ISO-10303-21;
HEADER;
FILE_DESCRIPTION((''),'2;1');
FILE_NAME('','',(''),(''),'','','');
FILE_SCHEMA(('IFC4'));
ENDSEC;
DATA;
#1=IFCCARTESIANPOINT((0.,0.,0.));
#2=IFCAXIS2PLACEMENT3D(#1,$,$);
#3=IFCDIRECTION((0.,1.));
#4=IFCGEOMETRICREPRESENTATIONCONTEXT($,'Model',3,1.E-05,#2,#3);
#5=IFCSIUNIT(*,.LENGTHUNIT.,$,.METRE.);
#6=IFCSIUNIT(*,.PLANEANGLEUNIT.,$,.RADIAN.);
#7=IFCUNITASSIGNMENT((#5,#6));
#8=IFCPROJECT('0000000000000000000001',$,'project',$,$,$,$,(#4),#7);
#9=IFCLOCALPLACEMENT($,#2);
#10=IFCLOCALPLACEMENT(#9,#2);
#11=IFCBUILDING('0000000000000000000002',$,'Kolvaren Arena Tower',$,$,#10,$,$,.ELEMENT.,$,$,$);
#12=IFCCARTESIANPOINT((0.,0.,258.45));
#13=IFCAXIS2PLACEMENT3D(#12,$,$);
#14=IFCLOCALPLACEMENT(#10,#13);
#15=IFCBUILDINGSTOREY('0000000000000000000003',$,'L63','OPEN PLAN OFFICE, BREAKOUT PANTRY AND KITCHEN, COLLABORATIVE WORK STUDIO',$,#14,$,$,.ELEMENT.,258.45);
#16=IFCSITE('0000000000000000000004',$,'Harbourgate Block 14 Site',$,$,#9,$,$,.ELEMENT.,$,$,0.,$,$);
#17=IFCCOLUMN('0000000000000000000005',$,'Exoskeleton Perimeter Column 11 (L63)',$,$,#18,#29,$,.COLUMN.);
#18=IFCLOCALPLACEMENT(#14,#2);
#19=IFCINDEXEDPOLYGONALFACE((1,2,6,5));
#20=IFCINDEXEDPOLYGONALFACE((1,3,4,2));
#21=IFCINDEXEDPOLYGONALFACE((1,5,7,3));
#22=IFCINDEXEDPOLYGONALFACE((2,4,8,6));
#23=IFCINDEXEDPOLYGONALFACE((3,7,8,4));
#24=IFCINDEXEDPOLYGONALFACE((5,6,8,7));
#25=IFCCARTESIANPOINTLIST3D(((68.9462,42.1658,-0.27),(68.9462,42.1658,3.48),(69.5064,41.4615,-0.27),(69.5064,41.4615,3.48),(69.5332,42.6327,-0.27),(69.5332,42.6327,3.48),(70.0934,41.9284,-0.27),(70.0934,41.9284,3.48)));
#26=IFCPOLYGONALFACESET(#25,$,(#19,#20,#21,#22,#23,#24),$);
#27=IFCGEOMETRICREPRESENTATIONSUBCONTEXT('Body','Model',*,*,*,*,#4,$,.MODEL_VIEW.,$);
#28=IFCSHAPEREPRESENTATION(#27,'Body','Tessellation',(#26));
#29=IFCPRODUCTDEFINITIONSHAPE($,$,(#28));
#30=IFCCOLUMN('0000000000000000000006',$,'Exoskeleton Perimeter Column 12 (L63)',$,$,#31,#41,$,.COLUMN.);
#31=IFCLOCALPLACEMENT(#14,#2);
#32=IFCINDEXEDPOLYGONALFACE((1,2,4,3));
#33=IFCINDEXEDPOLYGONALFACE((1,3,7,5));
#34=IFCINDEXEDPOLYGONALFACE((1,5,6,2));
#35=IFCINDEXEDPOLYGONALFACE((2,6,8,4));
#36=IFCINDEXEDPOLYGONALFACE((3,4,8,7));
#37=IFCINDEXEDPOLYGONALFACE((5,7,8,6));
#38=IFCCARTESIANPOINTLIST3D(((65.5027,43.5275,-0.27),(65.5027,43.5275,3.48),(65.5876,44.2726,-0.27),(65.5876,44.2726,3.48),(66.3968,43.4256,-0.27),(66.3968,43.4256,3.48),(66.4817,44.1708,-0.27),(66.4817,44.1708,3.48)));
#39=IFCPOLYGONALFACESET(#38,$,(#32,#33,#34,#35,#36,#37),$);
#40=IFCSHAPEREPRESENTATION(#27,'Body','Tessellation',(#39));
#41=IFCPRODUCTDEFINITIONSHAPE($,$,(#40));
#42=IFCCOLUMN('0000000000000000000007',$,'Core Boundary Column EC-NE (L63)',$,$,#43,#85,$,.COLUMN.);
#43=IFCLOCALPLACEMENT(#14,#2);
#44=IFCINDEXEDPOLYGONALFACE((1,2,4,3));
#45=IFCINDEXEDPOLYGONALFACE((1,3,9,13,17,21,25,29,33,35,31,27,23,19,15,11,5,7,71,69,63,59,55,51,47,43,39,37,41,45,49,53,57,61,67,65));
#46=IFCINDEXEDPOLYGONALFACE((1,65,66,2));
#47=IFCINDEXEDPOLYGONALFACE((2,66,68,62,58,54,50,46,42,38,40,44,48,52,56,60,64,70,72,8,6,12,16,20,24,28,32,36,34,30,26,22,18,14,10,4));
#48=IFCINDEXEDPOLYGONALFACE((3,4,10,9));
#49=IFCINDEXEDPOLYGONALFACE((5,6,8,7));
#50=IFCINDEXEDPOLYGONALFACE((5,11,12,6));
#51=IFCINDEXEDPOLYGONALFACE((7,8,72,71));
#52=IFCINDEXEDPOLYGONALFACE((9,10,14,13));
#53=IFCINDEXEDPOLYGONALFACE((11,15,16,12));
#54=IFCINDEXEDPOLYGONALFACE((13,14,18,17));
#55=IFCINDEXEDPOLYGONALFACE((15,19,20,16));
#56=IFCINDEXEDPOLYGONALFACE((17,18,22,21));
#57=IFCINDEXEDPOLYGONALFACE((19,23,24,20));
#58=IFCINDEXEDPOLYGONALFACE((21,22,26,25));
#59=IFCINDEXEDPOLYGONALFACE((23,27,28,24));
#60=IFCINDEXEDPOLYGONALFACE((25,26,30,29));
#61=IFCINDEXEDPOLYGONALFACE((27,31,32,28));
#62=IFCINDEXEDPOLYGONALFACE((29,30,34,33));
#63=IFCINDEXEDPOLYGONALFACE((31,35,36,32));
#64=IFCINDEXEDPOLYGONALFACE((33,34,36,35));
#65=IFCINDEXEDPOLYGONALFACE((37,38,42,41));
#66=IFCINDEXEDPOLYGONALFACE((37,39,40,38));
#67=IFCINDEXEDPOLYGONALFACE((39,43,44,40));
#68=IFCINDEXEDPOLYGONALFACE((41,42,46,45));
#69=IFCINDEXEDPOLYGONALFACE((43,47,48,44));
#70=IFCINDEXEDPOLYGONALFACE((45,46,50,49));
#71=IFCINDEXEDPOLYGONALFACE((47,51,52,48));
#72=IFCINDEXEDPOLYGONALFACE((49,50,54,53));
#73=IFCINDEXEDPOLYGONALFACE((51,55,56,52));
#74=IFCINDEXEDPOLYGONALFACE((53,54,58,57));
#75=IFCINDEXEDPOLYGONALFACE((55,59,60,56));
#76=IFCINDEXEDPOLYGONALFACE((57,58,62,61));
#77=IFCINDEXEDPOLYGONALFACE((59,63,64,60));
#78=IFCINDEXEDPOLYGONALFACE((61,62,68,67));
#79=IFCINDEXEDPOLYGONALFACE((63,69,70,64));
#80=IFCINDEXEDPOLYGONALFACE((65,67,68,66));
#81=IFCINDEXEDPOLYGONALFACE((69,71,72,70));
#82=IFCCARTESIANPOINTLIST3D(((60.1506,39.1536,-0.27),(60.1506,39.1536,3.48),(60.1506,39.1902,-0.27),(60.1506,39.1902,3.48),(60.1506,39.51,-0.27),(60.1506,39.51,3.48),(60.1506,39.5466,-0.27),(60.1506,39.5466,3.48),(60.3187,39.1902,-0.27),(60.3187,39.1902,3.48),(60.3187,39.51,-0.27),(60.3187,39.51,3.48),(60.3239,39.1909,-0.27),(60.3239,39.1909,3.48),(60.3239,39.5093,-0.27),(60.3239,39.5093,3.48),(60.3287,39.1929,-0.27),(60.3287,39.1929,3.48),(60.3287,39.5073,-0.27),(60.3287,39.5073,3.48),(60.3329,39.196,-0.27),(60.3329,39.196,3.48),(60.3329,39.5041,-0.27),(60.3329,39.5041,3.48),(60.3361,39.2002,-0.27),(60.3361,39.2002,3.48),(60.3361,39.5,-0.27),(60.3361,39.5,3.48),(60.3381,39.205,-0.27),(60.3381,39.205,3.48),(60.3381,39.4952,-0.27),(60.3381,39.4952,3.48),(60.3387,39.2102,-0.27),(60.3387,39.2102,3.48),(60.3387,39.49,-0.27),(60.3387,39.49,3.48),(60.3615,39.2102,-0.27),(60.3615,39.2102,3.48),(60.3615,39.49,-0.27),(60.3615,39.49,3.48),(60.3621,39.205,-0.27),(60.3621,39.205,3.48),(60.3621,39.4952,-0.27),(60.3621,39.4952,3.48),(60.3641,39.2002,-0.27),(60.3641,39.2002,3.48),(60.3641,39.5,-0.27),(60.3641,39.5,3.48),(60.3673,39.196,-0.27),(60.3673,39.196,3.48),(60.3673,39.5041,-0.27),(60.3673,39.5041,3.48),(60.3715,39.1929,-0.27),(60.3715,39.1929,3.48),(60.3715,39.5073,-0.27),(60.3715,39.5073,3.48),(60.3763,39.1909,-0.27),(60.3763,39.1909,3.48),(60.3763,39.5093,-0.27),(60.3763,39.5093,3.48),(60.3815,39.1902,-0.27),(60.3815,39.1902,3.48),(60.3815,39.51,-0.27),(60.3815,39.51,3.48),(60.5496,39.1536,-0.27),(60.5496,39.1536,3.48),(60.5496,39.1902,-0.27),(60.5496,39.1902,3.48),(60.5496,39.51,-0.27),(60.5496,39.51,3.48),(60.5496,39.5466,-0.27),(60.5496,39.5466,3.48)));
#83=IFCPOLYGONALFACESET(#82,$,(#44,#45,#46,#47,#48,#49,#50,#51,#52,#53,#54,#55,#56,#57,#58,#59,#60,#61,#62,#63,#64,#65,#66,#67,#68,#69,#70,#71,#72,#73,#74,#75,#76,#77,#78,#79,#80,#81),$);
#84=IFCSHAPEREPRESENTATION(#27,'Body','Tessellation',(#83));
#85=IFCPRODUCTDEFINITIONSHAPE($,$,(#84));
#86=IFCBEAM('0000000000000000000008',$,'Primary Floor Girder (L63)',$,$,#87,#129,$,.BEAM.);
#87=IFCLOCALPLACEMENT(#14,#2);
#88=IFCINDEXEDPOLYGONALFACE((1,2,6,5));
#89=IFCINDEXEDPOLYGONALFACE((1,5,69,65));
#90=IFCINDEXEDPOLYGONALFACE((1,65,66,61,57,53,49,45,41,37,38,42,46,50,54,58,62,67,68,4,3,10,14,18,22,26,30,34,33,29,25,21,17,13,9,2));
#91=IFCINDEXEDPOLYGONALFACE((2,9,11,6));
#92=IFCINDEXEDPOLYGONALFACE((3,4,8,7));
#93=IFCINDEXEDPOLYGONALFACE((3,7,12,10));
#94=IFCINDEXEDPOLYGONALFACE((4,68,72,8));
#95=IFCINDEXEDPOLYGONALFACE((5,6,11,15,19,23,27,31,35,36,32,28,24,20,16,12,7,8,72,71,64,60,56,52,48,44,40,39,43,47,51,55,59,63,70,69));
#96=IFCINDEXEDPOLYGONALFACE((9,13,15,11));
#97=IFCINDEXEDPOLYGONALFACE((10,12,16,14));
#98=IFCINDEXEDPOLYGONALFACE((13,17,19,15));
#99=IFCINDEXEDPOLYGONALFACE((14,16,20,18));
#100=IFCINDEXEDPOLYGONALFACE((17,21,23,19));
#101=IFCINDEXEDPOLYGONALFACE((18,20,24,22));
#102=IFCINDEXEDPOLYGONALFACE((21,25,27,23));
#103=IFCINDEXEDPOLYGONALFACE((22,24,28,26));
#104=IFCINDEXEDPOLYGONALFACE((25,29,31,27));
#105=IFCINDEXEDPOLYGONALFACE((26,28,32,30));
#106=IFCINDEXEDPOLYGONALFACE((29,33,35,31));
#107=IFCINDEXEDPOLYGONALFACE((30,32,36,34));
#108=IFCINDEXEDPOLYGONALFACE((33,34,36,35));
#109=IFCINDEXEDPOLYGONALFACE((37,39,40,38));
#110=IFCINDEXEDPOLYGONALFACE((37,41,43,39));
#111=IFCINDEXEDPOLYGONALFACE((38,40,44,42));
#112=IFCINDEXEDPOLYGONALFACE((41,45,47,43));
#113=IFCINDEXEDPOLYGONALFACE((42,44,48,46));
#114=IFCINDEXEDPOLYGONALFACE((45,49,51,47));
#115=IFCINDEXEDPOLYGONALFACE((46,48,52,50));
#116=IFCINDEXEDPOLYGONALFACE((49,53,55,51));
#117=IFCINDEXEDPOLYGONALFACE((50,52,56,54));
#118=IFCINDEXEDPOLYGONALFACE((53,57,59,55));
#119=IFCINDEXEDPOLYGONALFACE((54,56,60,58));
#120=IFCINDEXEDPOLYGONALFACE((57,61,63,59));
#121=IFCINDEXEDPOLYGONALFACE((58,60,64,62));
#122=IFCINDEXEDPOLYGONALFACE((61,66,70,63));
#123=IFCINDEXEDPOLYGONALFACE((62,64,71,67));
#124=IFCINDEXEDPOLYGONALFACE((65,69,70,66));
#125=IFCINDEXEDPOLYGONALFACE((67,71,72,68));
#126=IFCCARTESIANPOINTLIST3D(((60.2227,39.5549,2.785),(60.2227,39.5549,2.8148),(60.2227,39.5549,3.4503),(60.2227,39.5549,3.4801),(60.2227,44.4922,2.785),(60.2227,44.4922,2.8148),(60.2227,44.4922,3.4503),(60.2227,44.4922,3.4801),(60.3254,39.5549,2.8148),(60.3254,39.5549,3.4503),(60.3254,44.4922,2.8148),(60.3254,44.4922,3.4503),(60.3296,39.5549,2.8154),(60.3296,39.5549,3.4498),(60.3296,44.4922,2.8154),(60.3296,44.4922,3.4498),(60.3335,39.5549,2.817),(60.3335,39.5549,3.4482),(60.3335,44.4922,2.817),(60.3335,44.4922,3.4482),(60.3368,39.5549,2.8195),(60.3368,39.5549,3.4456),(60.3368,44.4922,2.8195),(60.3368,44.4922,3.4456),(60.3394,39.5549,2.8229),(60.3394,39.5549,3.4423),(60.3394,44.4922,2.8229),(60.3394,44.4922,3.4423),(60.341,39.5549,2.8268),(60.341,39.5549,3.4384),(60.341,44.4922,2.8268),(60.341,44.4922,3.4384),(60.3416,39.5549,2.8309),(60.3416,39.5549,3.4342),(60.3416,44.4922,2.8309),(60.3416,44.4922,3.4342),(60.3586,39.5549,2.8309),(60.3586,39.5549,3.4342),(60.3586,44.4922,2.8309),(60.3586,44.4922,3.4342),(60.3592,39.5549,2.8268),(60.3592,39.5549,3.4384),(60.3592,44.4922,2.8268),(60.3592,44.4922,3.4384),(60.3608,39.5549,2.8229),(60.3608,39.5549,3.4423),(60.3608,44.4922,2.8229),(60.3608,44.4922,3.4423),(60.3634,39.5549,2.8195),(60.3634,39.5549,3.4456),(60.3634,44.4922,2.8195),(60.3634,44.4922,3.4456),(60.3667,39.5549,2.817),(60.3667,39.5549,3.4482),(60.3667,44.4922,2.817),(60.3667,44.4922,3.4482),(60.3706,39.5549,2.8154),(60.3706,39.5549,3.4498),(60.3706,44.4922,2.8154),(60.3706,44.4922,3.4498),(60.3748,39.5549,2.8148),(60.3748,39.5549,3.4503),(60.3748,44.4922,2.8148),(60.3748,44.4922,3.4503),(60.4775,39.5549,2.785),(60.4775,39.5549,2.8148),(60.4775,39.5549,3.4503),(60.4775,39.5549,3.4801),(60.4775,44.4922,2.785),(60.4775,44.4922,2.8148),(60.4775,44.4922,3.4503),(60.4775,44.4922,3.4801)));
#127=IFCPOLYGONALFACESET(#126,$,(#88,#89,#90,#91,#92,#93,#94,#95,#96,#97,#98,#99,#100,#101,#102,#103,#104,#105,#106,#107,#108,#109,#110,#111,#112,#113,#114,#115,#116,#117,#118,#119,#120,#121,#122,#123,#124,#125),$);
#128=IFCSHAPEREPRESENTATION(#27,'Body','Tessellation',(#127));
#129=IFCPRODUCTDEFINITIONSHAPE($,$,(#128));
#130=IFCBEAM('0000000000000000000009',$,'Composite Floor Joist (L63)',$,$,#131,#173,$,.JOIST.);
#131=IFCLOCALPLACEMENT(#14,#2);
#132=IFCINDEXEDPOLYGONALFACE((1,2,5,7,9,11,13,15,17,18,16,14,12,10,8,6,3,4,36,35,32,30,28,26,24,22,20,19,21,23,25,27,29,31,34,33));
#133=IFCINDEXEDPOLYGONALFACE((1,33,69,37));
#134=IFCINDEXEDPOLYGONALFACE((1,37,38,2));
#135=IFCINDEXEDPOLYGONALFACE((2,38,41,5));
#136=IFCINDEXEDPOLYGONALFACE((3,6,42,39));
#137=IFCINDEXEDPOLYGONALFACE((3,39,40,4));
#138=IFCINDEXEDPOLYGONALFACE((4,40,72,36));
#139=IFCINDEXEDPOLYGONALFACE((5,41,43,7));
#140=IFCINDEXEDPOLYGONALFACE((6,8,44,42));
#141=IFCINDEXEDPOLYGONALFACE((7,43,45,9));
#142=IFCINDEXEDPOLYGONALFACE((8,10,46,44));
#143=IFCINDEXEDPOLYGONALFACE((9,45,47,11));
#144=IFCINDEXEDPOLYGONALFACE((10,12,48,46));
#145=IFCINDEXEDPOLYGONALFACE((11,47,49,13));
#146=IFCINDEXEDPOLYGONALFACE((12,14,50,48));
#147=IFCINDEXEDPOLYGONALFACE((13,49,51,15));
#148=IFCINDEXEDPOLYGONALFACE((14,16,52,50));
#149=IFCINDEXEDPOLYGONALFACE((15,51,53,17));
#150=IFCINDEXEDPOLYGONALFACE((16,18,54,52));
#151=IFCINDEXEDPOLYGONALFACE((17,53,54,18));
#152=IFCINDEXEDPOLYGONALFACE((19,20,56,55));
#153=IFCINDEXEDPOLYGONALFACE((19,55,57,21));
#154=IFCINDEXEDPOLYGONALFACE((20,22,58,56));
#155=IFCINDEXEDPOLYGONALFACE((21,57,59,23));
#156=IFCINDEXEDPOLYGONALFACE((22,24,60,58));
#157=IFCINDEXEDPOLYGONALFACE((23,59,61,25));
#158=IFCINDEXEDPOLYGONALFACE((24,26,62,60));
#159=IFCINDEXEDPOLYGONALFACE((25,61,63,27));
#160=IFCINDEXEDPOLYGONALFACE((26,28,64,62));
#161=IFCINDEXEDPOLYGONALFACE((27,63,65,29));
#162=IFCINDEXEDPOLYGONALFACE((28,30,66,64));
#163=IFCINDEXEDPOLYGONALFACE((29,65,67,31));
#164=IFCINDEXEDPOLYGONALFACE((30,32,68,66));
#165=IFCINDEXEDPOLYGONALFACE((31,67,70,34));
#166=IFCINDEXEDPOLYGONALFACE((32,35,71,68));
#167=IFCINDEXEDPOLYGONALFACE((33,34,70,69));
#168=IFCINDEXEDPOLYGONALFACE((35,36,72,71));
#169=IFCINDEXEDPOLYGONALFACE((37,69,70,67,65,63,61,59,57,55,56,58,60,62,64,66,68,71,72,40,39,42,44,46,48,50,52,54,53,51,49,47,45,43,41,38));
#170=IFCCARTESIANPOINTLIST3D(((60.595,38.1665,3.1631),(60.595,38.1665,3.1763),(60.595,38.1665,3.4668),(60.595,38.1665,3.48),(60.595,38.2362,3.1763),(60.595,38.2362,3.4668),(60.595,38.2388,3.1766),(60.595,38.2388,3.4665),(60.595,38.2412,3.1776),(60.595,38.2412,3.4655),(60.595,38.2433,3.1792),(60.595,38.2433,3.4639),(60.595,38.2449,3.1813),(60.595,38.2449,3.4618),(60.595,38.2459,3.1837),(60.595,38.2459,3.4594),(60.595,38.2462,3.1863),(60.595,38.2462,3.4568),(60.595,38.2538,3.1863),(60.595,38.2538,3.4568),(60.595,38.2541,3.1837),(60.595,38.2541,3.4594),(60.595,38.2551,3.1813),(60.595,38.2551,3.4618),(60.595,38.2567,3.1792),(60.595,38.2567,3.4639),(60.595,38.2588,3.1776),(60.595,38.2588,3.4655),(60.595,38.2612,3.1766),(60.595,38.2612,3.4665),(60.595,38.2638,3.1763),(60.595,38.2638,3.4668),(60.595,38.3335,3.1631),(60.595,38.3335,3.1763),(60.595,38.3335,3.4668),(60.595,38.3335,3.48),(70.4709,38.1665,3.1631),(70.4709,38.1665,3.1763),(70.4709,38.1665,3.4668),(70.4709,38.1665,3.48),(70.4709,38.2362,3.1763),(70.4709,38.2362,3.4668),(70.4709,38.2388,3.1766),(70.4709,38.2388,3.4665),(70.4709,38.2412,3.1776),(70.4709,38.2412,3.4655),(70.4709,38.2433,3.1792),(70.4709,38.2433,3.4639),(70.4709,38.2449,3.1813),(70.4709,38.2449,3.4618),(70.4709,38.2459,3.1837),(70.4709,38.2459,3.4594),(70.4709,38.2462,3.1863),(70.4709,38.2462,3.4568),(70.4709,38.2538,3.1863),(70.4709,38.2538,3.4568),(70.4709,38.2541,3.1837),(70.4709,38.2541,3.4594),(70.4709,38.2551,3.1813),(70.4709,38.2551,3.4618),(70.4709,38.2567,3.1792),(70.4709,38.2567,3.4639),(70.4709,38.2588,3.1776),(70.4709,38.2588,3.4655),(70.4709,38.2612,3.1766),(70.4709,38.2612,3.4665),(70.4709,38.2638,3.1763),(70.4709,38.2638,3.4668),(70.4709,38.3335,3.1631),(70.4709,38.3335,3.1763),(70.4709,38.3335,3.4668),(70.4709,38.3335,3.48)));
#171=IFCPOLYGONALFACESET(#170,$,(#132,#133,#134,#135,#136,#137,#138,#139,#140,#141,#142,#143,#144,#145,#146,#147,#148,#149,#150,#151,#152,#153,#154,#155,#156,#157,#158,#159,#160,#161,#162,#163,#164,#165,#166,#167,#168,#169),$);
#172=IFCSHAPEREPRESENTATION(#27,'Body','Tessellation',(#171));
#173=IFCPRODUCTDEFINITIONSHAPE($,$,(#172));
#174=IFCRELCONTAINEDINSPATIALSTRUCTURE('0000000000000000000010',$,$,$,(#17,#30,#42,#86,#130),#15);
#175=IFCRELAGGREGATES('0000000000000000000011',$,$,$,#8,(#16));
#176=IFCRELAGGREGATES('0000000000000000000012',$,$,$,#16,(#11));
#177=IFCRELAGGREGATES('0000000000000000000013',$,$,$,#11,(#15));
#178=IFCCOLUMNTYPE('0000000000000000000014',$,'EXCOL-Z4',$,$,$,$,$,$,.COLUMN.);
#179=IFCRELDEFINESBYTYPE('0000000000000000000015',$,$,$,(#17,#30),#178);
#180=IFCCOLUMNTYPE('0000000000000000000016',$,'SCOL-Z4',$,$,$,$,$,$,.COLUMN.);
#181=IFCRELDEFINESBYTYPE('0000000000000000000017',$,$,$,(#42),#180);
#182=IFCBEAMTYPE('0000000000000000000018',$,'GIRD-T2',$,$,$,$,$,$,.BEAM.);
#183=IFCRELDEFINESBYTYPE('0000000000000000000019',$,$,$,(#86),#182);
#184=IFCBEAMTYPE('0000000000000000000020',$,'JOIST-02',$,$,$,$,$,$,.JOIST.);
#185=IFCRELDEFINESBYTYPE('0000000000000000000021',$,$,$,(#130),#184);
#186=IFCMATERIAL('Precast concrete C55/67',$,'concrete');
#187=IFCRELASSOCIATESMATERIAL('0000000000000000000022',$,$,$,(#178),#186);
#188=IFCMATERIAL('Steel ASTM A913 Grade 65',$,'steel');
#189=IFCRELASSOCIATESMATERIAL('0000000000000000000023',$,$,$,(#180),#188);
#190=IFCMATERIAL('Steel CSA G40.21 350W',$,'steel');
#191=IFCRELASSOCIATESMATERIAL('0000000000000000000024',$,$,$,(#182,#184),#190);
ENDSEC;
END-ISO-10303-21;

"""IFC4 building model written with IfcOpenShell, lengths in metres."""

from ifc_helpers import new_model, si_unit, direction, frame, origin, origin_2d, place, context, subcontext, project, spatial, rectangle, i_section, extrude, material, material_profile, profile_set, type_object, element, save


model = new_model("IFC4")

# Units and contexts
model_context = context("Model", 3, precision=1e-05, world=origin(), true_north=direction((0.0, 1.0)))
body_context = subcontext(model_context, "Body", "Model", "MODEL_VIEW")
ifc_project = project(units=[si_unit("LENGTHUNIT", "METRE"), si_unit("PLANEANGLEUNIT", "RADIAN")], contexts=[model_context])

# Site, building, storey
site_placement = place(None, origin())
site = spatial("IfcSite", under=ifc_project, at=site_placement, Name="Harbourgate Block 14 Site", CompositionType="ELEMENT", RefElevation=0.0)
building_placement = place(site_placement, origin())
building = spatial("IfcBuilding", under=site, at=building_placement, Name="Kolvaren Arena Tower", CompositionType="ELEMENT")
storey_placement = place(building_placement, frame((0.0, 0.0, 258.45)))
storey = spatial("IfcBuildingStorey", under=building, at=storey_placement, Name="L63", Description="OPEN PLAN OFFICE, BREAKOUT PANTRY AND KITCHEN, COLLABORATIVE WORK STUDIO", CompositionType="ELEMENT", Elevation=258.45)

# Columns
ifc_material_1 = material(Name="Precast concrete C55/67", Category="concrete")
ifc_material_profile_1 = material_profile(ifc_material_1, rectangle(XDim=0.8999, YDim=0.75, at=origin_2d()), Name="RC-900x750")
ifc_profile_set_1 = profile_set([ifc_material_profile_1], Name="Precast concrete C55/67")
column_type_1 = type_object("IfcColumnType", Name="EXCOL-Z4", PredefinedType="COLUMN", material=ifc_profile_set_1)
for number, where, z_axis, x_axis, name in (
    (1, (69.5198, 42.0471, -0.27), (0.0, 0.0, 1.0), (-0.622515, 0.782608, 0.0), "Exoskeleton Perimeter Column 11 (L63)"),
    (2, (65.9922, 43.8491, -0.27), (0.0, 0.0, 1.0), (0.993572, -0.113203, 0.0), "Exoskeleton Perimeter Column 12 (L63)"),
):
    element("IfcColumn", number, at=place(storey_placement, frame(where, z_axis=z_axis, x_axis=x_axis)), inside=storey, type_object=column_type_1, Name=name, PredefinedType="COLUMN", context=body_context, shape_type="SweptSolid", body=[
        extrude(rectangle(XDim=0.8999, YDim=0.75, at=origin_2d()), origin(), (0.0, 0.0, 1.0), 3.75),
    ])
ifc_material_2 = material(Name="Steel ASTM A913 Grade 65", Category="steel")
ifc_material_profile_2 = material_profile(ifc_material_2, i_section(OverallWidth=0.3989, OverallDepth=0.3931, WebThickness=0.0227, FlangeThickness=0.0366, FilletRadius=0.02, at=origin_2d()), Name="W360x287")
ifc_profile_set_2 = profile_set([ifc_material_profile_2], Name="Steel ASTM A913 Grade 65")
column_type_2 = type_object("IfcColumnType", Name="SCOL-Z4", PredefinedType="COLUMN", material=ifc_profile_set_2)
column_placement = place(storey_placement, frame((60.3501, 39.3501, -0.27), z_axis=(0.0, 0.0, 1.0), x_axis=(1.0, 0.0, 0.0)))
element("IfcColumn", 3, at=column_placement, inside=storey, type_object=column_type_2, Name="Core Boundary Column EC-NE (L63)", PredefinedType="COLUMN", context=body_context, shape_type="SweptSolid", body=[
    extrude(i_section(OverallWidth=0.3989, OverallDepth=0.3931, WebThickness=0.0227, FlangeThickness=0.0366, FilletRadius=0.02, at=origin_2d()), origin(), (0.0, 0.0, 1.0), 3.75),
])

# Beams
ifc_material_3 = material(Name="Steel CSA G40.21 350W", Category="steel")
ifc_material_profile_3 = material_profile(ifc_material_3, i_section(OverallWidth=0.2549, OverallDepth=0.6951, WebThickness=0.0171, FlangeThickness=0.0298, FilletRadius=0.0161, at=origin_2d()), Name="W690x217")
ifc_profile_set_3 = profile_set([ifc_material_profile_3], Name="Steel CSA G40.21 350W")
beam_type_1 = type_object("IfcBeamType", Name="GIRD-T2", PredefinedType="BEAM", material=ifc_profile_set_3)
beam_1_placement = place(storey_placement, frame((60.3501, 39.5549, 3.1326), z_axis=(0.0, 1.0, 0.0), x_axis=(-1.0, 0.0, 0.0)))
element("IfcBeam", 4, at=beam_1_placement, inside=storey, type_object=beam_type_1, Name="Primary Floor Girder (L63)", PredefinedType="BEAM", context=body_context, shape_type="SweptSolid", body=[
    extrude(i_section(OverallWidth=0.2549, OverallDepth=0.6951, WebThickness=0.0171, FlangeThickness=0.0298, FilletRadius=0.0161, at=origin_2d()), origin(), (0.0, 0.0, 1.0), 4.9373),
])
ifc_material_profile_4 = material_profile(ifc_material_3, i_section(OverallWidth=0.167, OverallDepth=0.3169, WebThickness=0.0076, FlangeThickness=0.0132, FilletRadius=0.01, at=origin_2d()), Name="W310x52")
ifc_profile_set_4 = profile_set([ifc_material_profile_4], Name="Steel CSA G40.21 350W")
beam_type_2 = type_object("IfcBeamType", Name="JOIST-02", PredefinedType="JOIST", material=ifc_profile_set_4)
beam_2_placement = place(storey_placement, frame((60.595, 38.25, 3.3215), z_axis=(1.0, 0.0, 0.0), x_axis=(0.0, 1.0, 0.0)))
element("IfcBeam", 5, at=beam_2_placement, inside=storey, type_object=beam_type_2, Name="Composite Floor Joist (L63)", PredefinedType="JOIST", context=body_context, shape_type="SweptSolid", body=[
    extrude(i_section(OverallWidth=0.167, OverallDepth=0.3169, WebThickness=0.0076, FlangeThickness=0.0132, FilletRadius=0.01, at=origin_2d()), origin(), (0.0, 0.0, 1.0), 9.876),
])

save(model, "model.ifc")
